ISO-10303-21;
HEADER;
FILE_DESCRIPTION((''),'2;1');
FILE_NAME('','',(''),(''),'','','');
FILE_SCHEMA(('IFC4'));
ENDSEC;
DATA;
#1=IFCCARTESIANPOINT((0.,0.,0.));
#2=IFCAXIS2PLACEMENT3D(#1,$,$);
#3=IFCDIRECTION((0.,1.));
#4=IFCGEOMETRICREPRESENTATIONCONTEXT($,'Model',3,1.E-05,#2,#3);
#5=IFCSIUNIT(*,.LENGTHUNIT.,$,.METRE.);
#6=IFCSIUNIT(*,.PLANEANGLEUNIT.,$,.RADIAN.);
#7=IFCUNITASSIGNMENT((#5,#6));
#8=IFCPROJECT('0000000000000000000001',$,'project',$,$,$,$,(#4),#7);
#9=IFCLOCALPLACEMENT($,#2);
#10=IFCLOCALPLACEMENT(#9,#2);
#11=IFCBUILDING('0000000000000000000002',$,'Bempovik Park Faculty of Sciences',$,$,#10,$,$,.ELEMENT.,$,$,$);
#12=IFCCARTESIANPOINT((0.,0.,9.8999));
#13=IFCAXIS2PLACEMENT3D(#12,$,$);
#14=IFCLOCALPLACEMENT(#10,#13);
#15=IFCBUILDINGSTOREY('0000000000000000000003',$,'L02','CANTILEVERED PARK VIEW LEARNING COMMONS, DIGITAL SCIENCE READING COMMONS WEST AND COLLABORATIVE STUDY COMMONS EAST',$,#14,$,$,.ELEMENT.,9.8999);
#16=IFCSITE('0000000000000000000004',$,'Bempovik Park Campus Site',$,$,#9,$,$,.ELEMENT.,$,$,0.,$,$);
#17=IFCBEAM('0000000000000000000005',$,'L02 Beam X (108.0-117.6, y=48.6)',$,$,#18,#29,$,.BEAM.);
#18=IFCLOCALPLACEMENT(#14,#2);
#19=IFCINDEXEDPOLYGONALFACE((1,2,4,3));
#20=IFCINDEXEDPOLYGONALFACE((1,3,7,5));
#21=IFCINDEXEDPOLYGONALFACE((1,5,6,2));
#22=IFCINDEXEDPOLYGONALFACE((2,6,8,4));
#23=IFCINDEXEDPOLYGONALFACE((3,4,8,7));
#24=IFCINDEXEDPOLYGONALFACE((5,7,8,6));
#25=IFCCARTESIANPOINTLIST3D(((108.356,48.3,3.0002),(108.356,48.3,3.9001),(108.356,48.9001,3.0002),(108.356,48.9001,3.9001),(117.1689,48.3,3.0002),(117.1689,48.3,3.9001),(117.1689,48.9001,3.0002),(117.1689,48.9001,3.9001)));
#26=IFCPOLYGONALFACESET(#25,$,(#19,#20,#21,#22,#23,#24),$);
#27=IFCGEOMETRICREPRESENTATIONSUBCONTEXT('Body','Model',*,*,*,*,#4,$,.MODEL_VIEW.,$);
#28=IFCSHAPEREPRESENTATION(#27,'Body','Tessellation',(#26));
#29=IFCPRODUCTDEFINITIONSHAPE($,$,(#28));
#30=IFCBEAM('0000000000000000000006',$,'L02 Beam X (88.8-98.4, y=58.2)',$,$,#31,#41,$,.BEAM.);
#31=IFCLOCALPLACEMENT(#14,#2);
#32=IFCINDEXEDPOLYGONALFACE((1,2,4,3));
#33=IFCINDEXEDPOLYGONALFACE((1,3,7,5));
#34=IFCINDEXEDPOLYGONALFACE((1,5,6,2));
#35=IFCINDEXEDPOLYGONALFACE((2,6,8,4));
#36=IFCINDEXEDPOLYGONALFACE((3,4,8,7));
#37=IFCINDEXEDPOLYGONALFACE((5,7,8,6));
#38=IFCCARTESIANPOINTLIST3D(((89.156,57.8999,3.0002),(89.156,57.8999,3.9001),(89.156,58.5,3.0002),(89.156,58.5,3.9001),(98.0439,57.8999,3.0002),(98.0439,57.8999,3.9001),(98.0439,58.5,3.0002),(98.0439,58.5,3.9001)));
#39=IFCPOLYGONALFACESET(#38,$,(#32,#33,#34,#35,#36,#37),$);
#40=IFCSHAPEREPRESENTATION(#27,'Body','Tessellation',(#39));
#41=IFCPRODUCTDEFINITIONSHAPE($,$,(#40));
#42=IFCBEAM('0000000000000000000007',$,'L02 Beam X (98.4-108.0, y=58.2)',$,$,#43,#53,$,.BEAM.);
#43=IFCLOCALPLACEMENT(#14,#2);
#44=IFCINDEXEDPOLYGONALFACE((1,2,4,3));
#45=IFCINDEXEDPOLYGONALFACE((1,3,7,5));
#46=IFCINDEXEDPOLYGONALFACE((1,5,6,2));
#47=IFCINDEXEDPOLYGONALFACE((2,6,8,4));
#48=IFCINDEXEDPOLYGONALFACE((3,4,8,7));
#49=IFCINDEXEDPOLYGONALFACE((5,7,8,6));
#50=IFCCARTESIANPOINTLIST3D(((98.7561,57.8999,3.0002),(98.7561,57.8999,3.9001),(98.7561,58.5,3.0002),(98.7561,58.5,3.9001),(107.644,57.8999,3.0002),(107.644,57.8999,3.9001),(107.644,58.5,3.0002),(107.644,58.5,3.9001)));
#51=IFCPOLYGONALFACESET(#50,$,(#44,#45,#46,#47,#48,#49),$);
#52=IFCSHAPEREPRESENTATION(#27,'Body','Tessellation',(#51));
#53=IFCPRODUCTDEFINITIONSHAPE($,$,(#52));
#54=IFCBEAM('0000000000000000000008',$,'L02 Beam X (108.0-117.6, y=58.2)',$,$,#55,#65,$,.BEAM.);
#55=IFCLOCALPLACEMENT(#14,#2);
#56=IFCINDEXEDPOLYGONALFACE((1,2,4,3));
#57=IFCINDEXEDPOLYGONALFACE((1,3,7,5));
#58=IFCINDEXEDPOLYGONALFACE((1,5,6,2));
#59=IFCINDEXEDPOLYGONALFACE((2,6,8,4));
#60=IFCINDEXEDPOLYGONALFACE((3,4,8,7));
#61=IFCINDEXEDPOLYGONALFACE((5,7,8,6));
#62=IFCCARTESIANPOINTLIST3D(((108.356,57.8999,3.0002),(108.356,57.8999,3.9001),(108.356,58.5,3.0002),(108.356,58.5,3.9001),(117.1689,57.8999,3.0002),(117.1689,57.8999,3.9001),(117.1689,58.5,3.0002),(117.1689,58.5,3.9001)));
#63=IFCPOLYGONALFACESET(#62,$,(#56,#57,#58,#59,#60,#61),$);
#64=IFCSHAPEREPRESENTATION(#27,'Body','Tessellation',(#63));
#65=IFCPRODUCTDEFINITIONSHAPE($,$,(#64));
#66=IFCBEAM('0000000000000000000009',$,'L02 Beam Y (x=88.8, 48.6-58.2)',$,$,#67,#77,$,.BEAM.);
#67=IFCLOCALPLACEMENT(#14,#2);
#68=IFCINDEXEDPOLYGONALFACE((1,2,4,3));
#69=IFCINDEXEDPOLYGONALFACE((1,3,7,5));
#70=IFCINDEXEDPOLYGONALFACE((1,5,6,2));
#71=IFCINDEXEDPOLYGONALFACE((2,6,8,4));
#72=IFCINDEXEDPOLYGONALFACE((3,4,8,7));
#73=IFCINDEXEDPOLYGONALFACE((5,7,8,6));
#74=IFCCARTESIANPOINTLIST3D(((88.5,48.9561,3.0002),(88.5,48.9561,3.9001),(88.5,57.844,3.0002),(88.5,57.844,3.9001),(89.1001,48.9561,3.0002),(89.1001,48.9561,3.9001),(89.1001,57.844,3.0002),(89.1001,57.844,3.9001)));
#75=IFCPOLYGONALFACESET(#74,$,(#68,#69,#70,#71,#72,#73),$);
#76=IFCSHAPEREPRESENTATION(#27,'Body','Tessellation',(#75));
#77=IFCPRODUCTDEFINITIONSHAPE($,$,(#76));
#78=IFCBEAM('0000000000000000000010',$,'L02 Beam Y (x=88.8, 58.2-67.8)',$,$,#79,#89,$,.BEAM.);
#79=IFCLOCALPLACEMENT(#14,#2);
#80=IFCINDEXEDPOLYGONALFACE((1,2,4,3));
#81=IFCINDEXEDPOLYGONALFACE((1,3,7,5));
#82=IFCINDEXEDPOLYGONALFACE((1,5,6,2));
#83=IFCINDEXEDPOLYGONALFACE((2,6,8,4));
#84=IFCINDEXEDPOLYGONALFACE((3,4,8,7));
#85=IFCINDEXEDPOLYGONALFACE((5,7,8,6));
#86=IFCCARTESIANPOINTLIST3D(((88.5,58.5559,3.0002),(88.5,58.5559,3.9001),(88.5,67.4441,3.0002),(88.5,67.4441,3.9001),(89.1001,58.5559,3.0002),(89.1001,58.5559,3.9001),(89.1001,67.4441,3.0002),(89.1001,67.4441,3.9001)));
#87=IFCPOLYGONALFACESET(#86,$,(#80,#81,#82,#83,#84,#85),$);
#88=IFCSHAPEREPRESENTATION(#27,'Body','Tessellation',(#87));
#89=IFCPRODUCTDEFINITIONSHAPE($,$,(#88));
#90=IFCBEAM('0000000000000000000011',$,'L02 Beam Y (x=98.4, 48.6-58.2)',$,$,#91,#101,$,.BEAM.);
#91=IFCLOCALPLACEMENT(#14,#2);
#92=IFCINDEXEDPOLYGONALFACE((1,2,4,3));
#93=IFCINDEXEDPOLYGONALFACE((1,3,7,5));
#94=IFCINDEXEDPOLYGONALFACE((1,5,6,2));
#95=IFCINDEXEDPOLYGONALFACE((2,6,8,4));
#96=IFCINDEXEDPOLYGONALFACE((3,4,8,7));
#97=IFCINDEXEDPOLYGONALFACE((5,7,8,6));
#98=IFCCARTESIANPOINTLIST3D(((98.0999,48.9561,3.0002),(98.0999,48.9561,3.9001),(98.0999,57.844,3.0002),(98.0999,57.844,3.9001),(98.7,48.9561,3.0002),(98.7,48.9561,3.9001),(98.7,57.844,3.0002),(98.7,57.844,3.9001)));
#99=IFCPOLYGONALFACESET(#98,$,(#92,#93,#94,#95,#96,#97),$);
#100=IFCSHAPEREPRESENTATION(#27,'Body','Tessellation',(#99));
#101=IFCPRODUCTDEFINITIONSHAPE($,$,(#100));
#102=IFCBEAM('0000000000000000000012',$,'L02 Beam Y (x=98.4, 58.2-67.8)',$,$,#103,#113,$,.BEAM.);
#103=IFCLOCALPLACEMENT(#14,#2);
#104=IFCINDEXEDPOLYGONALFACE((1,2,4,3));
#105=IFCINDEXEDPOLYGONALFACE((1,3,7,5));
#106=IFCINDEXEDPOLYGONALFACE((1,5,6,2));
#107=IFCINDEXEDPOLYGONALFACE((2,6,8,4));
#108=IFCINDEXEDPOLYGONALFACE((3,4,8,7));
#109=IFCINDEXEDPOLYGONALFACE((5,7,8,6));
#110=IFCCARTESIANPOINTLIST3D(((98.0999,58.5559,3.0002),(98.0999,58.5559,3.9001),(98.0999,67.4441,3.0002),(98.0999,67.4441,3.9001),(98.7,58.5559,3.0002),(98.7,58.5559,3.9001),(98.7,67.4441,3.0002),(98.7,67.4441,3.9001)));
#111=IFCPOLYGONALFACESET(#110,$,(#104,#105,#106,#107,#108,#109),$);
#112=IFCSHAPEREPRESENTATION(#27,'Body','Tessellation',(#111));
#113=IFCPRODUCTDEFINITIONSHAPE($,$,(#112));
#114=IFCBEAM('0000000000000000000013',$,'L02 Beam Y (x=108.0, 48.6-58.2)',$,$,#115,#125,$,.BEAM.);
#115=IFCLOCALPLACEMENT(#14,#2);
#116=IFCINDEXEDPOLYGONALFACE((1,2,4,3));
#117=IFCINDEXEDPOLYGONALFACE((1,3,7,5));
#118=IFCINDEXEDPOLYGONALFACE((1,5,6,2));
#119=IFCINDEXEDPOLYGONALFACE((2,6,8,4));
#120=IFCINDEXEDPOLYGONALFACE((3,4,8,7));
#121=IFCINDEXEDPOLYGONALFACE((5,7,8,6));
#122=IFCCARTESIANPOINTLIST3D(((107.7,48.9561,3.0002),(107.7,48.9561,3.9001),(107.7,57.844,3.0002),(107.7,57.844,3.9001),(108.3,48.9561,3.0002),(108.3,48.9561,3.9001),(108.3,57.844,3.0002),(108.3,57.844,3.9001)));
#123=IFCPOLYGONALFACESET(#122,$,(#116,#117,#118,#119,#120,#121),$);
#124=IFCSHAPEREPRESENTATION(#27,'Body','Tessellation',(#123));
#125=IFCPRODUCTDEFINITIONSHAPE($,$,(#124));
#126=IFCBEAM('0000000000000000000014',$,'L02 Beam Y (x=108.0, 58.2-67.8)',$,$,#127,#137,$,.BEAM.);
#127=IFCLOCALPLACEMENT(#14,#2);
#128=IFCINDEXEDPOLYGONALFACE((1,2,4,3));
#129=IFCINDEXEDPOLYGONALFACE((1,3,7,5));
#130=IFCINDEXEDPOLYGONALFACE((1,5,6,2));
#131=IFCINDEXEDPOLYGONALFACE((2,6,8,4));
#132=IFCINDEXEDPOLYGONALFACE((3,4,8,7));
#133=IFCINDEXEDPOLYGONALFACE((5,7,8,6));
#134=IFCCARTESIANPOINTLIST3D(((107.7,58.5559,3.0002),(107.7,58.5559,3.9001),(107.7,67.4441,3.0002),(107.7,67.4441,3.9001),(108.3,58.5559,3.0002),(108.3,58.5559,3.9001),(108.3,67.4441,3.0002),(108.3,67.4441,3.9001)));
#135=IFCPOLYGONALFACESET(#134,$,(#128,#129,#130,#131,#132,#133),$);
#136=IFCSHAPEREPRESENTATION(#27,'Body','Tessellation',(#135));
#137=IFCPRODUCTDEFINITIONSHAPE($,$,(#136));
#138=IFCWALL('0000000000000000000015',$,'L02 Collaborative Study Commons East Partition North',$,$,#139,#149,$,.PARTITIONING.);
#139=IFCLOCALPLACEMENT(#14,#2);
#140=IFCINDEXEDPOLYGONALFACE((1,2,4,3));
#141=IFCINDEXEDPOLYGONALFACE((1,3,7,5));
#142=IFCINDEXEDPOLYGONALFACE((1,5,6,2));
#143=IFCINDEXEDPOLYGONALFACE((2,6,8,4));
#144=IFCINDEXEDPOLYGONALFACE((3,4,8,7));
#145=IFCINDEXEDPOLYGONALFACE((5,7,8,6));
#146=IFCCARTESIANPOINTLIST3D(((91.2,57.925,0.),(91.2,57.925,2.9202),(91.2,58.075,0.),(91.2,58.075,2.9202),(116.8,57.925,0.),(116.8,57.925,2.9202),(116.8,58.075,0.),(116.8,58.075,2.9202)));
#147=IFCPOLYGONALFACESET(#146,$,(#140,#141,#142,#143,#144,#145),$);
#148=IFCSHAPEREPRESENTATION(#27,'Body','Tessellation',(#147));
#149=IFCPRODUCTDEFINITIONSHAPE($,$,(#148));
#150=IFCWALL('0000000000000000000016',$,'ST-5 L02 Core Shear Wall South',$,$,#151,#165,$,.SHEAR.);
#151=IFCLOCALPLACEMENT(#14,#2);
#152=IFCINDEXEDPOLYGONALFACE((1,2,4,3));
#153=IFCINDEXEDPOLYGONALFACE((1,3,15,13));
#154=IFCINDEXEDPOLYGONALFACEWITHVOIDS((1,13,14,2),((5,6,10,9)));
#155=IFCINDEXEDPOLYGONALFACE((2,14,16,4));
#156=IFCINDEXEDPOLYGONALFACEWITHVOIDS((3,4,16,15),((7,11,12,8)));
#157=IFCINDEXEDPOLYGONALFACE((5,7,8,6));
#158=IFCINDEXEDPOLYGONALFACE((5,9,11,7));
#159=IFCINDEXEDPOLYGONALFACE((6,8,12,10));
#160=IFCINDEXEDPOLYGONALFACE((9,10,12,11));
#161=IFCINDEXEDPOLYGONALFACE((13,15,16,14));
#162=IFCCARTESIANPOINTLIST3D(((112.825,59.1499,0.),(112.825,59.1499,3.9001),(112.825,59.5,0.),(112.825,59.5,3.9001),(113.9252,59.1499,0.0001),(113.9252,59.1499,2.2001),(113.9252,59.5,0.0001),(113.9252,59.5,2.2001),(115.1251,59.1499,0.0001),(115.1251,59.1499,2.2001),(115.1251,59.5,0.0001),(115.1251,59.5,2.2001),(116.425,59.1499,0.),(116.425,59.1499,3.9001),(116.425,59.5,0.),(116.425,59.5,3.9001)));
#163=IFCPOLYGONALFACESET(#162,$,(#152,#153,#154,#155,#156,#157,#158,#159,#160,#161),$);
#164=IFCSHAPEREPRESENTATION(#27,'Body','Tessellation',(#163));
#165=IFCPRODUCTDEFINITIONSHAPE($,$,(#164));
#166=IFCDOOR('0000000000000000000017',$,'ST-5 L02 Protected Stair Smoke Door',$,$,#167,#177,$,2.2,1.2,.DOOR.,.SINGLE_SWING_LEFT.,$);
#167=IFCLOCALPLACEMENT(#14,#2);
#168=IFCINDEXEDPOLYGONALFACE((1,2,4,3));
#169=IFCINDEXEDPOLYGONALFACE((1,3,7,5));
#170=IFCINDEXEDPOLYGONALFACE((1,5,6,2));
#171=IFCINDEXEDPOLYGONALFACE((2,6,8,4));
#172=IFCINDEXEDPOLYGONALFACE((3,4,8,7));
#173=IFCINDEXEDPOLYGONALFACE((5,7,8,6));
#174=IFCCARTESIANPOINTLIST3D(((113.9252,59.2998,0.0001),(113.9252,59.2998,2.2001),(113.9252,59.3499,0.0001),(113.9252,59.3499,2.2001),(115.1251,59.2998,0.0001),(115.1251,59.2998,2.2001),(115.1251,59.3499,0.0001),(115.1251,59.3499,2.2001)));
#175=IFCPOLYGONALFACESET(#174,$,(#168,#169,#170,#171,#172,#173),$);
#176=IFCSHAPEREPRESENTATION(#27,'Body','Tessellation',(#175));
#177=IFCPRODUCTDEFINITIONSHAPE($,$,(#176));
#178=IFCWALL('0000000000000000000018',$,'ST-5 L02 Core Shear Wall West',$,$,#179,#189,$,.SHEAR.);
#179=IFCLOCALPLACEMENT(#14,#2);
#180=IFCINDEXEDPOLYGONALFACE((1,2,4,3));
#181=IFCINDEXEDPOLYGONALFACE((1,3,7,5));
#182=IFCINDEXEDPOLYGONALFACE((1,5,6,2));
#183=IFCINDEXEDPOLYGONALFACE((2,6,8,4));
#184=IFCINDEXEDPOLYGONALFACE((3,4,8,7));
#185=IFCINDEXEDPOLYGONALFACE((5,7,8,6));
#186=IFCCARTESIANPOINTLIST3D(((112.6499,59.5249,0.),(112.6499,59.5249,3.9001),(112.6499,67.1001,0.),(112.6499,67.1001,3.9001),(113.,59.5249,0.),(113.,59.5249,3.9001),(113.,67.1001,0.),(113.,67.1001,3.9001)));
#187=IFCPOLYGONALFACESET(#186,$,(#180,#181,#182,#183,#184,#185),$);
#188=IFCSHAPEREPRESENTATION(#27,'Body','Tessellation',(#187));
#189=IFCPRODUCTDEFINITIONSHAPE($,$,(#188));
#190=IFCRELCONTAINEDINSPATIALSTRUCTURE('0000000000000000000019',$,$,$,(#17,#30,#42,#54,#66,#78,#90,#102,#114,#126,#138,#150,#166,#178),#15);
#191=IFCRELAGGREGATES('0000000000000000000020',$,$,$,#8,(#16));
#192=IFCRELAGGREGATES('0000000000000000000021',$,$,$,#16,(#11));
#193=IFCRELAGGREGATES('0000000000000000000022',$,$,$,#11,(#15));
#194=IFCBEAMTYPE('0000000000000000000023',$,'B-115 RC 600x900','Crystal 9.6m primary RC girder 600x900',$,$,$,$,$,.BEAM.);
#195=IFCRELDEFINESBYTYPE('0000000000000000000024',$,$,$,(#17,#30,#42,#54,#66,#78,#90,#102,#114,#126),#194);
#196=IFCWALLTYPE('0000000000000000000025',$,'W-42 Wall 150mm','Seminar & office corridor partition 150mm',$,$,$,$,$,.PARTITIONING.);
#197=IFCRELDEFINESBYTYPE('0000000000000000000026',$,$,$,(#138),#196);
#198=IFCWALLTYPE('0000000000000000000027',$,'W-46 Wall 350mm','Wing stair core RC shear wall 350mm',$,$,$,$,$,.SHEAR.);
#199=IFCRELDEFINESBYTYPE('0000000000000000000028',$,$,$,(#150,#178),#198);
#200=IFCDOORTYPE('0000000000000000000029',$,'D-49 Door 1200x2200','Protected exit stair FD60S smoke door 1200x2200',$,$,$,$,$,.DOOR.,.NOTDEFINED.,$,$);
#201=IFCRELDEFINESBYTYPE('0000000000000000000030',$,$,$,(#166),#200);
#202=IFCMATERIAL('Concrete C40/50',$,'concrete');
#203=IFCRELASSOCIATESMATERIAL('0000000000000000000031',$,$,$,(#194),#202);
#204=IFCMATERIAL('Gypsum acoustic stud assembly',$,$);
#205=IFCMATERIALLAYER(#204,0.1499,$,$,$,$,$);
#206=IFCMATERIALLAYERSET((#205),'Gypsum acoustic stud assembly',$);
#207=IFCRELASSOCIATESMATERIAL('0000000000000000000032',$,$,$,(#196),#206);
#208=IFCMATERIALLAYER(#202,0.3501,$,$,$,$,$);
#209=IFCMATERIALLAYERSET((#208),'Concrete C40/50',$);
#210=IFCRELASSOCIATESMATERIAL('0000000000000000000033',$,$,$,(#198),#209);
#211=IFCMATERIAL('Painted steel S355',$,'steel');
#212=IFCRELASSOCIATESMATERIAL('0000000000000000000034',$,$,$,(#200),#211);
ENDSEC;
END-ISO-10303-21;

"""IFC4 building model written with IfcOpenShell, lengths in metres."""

from ifc_helpers import new_model, si_unit, direction, frame, frame_2d, origin, origin_2d, place, context, subcontext, project, spatial, rectangle, extrude, material, layer, layer_set, material_profile, profile_set, type_object, element, fill, save


model = new_model("IFC4")

# Units and contexts
model_context = context("Model", 3, precision=1e-05, world=origin(), true_north=direction((0.0, 1.0)))
body_context = subcontext(model_context, "Body", "Model", "MODEL_VIEW")
ifc_project = project(units=[si_unit("LENGTHUNIT", "METRE"), si_unit("PLANEANGLEUNIT", "RADIAN")], contexts=[model_context])

# Site, building, storey
site_placement = place(None, origin())
site = spatial("IfcSite", under=ifc_project, at=site_placement, Name="Bempovik Park Campus Site", CompositionType="ELEMENT", RefElevation=0.0)
building_placement = place(site_placement, origin())
building = spatial("IfcBuilding", under=site, at=building_placement, Name="Bempovik Park Faculty of Sciences", CompositionType="ELEMENT")
storey_placement = place(building_placement, frame((0.0, 0.0, 9.8999)))
storey = spatial("IfcBuildingStorey", under=building, at=storey_placement, Name="L02", Description="CANTILEVERED PARK VIEW LEARNING COMMONS, DIGITAL SCIENCE READING COMMONS WEST AND COLLABORATIVE STUDY COMMONS EAST", CompositionType="ELEMENT", Elevation=9.8999)

# Shared definitions
ifc_material_1 = material(Name="Concrete C40/50", Category="concrete")

# Beams
ifc_material_profile_1 = material_profile(ifc_material_1, rectangle(XDim=0.6001, YDim=0.8999, at=origin_2d()), Name="RC 600x900")
ifc_profile_set_1 = profile_set([ifc_material_profile_1], Name="Concrete C40/50")
beam_type_1 = type_object("IfcBeamType", Name="B-115 RC 600x900", Description="Crystal 9.6m primary RC girder 600x900", PredefinedType="BEAM", material=ifc_profile_set_1)
beam_1_placement = place(storey_placement, frame((108.356, 48.6001, 3.4502), z_axis=(1.0, 0.0, 0.0), x_axis=(0.0, 1.0, 0.0)))
element("IfcBeam", 1, at=beam_1_placement, inside=storey, type_object=beam_type_1, Name="L02 Beam X (108.0-117.6, y=48.6)", PredefinedType="BEAM", context=body_context, shape_type="SweptSolid", body=[
    extrude(rectangle(XDim=0.6001, YDim=0.8999, at=origin_2d()), origin(), (0.0, 0.0, 1.0), 8.813),
])
for number, where, z_axis, x_axis, name in (
    (2, (89.156, 58.2, 3.4502), (1.0, 0.0, 0.0), (0.0, 1.0, 0.0), "L02 Beam X (88.8-98.4, y=58.2)"),
    (3, (98.7561, 58.2, 3.4502), (1.0, 0.0, 0.0), (0.0, 1.0, 0.0), "L02 Beam X (98.4-108.0, y=58.2)"),
):
    element("IfcBeam", number, at=place(storey_placement, frame(where, z_axis=z_axis, x_axis=x_axis)), inside=storey, type_object=beam_type_1, Name=name, PredefinedType="BEAM", context=body_context, shape_type="SweptSolid", body=[
        extrude(rectangle(XDim=0.6001, YDim=0.8999, at=origin_2d()), origin(), (0.0, 0.0, 1.0), 8.8879),
    ])
beam_2_placement = place(storey_placement, frame((108.356, 58.2, 3.4502), z_axis=(1.0, 0.0, 0.0), x_axis=(0.0, 1.0, 0.0)))
element("IfcBeam", 4, at=beam_2_placement, inside=storey, type_object=beam_type_1, Name="L02 Beam X (108.0-117.6, y=58.2)", PredefinedType="BEAM", context=body_context, shape_type="SweptSolid", body=[
    extrude(rectangle(XDim=0.6001, YDim=0.8999, at=origin_2d()), origin(), (0.0, 0.0, 1.0), 8.813),
])
beam_3_placement = place(storey_placement, frame((88.8, 48.9561, 3.4502), z_axis=(0.0, 1.0, 0.0), x_axis=(-1.0, 0.0, 0.0)))
element("IfcBeam", 5, at=beam_3_placement, inside=storey, type_object=beam_type_1, Name="L02 Beam Y (x=88.8, 48.6-58.2)", PredefinedType="BEAM", context=body_context, shape_type="SweptSolid", body=[
    extrude(rectangle(XDim=0.6001, YDim=0.8999, at=origin_2d()), origin(), (0.0, 0.0, 1.0), 8.8879),
])
beam_4_placement = place(storey_placement, frame((88.8, 58.5559, 3.4502), z_axis=(0.0, 1.0, 0.0), x_axis=(-1.0, 0.0, 0.0)))
element("IfcBeam", 6, at=beam_4_placement, inside=storey, type_object=beam_type_1, Name="L02 Beam Y (x=88.8, 58.2-67.8)", PredefinedType="BEAM", context=body_context, shape_type="SweptSolid", body=[
    extrude(rectangle(XDim=0.6001, YDim=0.8999, at=origin_2d()), origin(), (0.0, 0.0, 1.0), 8.8882),
])
beam_5_placement = place(storey_placement, frame((98.3999, 48.9561, 3.4502), z_axis=(0.0, 1.0, 0.0), x_axis=(-1.0, 0.0, 0.0)))
element("IfcBeam", 7, at=beam_5_placement, inside=storey, type_object=beam_type_1, Name="L02 Beam Y (x=98.4, 48.6-58.2)", PredefinedType="BEAM", context=body_context, shape_type="SweptSolid", body=[
    extrude(rectangle(XDim=0.6001, YDim=0.8999, at=origin_2d()), origin(), (0.0, 0.0, 1.0), 8.8879),
])
beam_6_placement = place(storey_placement, frame((98.3999, 58.5559, 3.4502), z_axis=(0.0, 1.0, 0.0), x_axis=(-1.0, 0.0, 0.0)))
element("IfcBeam", 8, at=beam_6_placement, inside=storey, type_object=beam_type_1, Name="L02 Beam Y (x=98.4, 58.2-67.8)", PredefinedType="BEAM", context=body_context, shape_type="SweptSolid", body=[
    extrude(rectangle(XDim=0.6001, YDim=0.8999, at=origin_2d()), origin(), (0.0, 0.0, 1.0), 8.8882),
])
beam_7_placement = place(storey_placement, frame((108.0, 48.9561, 3.4502), z_axis=(0.0, 1.0, 0.0), x_axis=(-1.0, 0.0, 0.0)))
element("IfcBeam", 9, at=beam_7_placement, inside=storey, type_object=beam_type_1, Name="L02 Beam Y (x=108.0, 48.6-58.2)", PredefinedType="BEAM", context=body_context, shape_type="SweptSolid", body=[
    extrude(rectangle(XDim=0.6001, YDim=0.8999, at=origin_2d()), origin(), (0.0, 0.0, 1.0), 8.8879),
])
beam_8_placement = place(storey_placement, frame((108.0, 58.5559, 3.4502), z_axis=(0.0, 1.0, 0.0), x_axis=(-1.0, 0.0, 0.0)))
element("IfcBeam", 10, at=beam_8_placement, inside=storey, type_object=beam_type_1, Name="L02 Beam Y (x=108.0, 58.2-67.8)", PredefinedType="BEAM", context=body_context, shape_type="SweptSolid", body=[
    extrude(rectangle(XDim=0.6001, YDim=0.8999, at=origin_2d()), origin(), (0.0, 0.0, 1.0), 8.8882),
])

# Wall
ifc_material_2 = material(Name="Gypsum acoustic stud assembly")
ifc_layer_1 = layer(ifc_material_2, 0.1499)
ifc_layer_set_1 = layer_set([ifc_layer_1], Name="Gypsum acoustic stud assembly")
wall_type_1 = type_object("IfcWallType", Name="W-42 Wall 150mm", Description="Seminar & office corridor partition 150mm", PredefinedType="PARTITIONING", material=ifc_layer_set_1)
wall_1_placement = place(storey_placement, frame((91.2, 58.0, 0.0), z_axis=(0.0, 0.0, 1.0), x_axis=(1.0, 0.0, 0.0)))
element("IfcWall", 11, at=wall_1_placement, inside=storey, type_object=wall_type_1, Name="L02 Collaborative Study Commons East Partition North", PredefinedType="PARTITIONING", context=body_context, shape_type="SweptSolid", body=[
    extrude(rectangle(XDim=25.6001, YDim=0.1499, at=frame_2d((12.8, 0.0))), origin(), (0.0, 0.0, 1.0), 2.9202),
])

# Wall, opening, door
ifc_layer_2 = layer(ifc_material_1, 0.3501)
ifc_layer_set_2 = layer_set([ifc_layer_2], Name="Concrete C40/50")
wall_type_2 = type_object("IfcWallType", Name="W-46 Wall 350mm", Description="Wing stair core RC shear wall 350mm", PredefinedType="SHEAR", material=ifc_layer_set_2)
wall_2_placement = place(storey_placement, frame((112.825, 59.325, 0.0), z_axis=(0.0, 0.0, 1.0), x_axis=(1.0, 0.0, 0.0)))
wall_2 = element("IfcWall", 12, at=wall_2_placement, inside=storey, type_object=wall_type_2, Name="ST-5 L02 Core Shear Wall South", PredefinedType="SHEAR", context=body_context, shape_type="SweptSolid", body=[
    extrude(rectangle(XDim=3.6001, YDim=0.3501, at=frame_2d((1.8, 0.0))), origin(), (0.0, 0.0, 1.0), 3.9001),
])
opening_placement = place(wall_2_placement, frame((1.1001, 0.0, 0.0)))
opening = element("IfcOpeningElement", 13, at=opening_placement, cuts=wall_2, PredefinedType="OPENING", context=body_context, shape_type="SweptSolid", body=[
    extrude(rectangle(XDim=1.2, YDim=2.2, at=frame_2d((0.6001, 1.1001))), frame((0.0, 0.1851, 0.0), z_axis=(0.0, -1.0, 0.0), x_axis=(1.0, 0.0, 0.0)), (0.0, 0.0, 1.0), 0.3701),
])
ifc_material_3 = material(Name="Painted steel S355", Category="steel")
door_type = type_object("IfcDoorType", Name="D-49 Door 1200x2200", Description="Protected exit stair FD60S smoke door 1200x2200", OperationType="NOTDEFINED", PredefinedType="DOOR", material=ifc_material_3)
door_placement = place(opening_placement, origin())
door = element("IfcDoor", 14, at=door_placement, inside=storey, type_object=door_type, Name="ST-5 L02 Protected Stair Smoke Door", OperationType="SINGLE_SWING_LEFT", OverallHeight=2.2, OverallWidth=1.2, PredefinedType="DOOR", context=body_context, shape_type="SweptSolid", body=[
    extrude(rectangle(XDim=1.2, YDim=2.2, at=frame_2d((0.6001, 1.1001))), frame((0.0, 0.0249, 0.0), z_axis=(0.0, -1.0, 0.0), x_axis=(1.0, 0.0, 0.0)), (0.0, 0.0, 1.0), 0.05),
])
fill(opening, door)

# Wall
wall_3_placement = place(storey_placement, frame((112.825, 59.5249, 0.0), z_axis=(0.0, 0.0, 1.0), x_axis=(0.0, 1.0, 0.0)))
element("IfcWall", 15, at=wall_3_placement, inside=storey, type_object=wall_type_2, Name="ST-5 L02 Core Shear Wall West", PredefinedType="SHEAR", context=body_context, shape_type="SweptSolid", body=[
    extrude(rectangle(XDim=7.5752, YDim=0.3501, at=frame_2d((3.7876, 0.0))), origin(), (0.0, 0.0, 1.0), 3.9001),
])

save(model, "model.ifc")
